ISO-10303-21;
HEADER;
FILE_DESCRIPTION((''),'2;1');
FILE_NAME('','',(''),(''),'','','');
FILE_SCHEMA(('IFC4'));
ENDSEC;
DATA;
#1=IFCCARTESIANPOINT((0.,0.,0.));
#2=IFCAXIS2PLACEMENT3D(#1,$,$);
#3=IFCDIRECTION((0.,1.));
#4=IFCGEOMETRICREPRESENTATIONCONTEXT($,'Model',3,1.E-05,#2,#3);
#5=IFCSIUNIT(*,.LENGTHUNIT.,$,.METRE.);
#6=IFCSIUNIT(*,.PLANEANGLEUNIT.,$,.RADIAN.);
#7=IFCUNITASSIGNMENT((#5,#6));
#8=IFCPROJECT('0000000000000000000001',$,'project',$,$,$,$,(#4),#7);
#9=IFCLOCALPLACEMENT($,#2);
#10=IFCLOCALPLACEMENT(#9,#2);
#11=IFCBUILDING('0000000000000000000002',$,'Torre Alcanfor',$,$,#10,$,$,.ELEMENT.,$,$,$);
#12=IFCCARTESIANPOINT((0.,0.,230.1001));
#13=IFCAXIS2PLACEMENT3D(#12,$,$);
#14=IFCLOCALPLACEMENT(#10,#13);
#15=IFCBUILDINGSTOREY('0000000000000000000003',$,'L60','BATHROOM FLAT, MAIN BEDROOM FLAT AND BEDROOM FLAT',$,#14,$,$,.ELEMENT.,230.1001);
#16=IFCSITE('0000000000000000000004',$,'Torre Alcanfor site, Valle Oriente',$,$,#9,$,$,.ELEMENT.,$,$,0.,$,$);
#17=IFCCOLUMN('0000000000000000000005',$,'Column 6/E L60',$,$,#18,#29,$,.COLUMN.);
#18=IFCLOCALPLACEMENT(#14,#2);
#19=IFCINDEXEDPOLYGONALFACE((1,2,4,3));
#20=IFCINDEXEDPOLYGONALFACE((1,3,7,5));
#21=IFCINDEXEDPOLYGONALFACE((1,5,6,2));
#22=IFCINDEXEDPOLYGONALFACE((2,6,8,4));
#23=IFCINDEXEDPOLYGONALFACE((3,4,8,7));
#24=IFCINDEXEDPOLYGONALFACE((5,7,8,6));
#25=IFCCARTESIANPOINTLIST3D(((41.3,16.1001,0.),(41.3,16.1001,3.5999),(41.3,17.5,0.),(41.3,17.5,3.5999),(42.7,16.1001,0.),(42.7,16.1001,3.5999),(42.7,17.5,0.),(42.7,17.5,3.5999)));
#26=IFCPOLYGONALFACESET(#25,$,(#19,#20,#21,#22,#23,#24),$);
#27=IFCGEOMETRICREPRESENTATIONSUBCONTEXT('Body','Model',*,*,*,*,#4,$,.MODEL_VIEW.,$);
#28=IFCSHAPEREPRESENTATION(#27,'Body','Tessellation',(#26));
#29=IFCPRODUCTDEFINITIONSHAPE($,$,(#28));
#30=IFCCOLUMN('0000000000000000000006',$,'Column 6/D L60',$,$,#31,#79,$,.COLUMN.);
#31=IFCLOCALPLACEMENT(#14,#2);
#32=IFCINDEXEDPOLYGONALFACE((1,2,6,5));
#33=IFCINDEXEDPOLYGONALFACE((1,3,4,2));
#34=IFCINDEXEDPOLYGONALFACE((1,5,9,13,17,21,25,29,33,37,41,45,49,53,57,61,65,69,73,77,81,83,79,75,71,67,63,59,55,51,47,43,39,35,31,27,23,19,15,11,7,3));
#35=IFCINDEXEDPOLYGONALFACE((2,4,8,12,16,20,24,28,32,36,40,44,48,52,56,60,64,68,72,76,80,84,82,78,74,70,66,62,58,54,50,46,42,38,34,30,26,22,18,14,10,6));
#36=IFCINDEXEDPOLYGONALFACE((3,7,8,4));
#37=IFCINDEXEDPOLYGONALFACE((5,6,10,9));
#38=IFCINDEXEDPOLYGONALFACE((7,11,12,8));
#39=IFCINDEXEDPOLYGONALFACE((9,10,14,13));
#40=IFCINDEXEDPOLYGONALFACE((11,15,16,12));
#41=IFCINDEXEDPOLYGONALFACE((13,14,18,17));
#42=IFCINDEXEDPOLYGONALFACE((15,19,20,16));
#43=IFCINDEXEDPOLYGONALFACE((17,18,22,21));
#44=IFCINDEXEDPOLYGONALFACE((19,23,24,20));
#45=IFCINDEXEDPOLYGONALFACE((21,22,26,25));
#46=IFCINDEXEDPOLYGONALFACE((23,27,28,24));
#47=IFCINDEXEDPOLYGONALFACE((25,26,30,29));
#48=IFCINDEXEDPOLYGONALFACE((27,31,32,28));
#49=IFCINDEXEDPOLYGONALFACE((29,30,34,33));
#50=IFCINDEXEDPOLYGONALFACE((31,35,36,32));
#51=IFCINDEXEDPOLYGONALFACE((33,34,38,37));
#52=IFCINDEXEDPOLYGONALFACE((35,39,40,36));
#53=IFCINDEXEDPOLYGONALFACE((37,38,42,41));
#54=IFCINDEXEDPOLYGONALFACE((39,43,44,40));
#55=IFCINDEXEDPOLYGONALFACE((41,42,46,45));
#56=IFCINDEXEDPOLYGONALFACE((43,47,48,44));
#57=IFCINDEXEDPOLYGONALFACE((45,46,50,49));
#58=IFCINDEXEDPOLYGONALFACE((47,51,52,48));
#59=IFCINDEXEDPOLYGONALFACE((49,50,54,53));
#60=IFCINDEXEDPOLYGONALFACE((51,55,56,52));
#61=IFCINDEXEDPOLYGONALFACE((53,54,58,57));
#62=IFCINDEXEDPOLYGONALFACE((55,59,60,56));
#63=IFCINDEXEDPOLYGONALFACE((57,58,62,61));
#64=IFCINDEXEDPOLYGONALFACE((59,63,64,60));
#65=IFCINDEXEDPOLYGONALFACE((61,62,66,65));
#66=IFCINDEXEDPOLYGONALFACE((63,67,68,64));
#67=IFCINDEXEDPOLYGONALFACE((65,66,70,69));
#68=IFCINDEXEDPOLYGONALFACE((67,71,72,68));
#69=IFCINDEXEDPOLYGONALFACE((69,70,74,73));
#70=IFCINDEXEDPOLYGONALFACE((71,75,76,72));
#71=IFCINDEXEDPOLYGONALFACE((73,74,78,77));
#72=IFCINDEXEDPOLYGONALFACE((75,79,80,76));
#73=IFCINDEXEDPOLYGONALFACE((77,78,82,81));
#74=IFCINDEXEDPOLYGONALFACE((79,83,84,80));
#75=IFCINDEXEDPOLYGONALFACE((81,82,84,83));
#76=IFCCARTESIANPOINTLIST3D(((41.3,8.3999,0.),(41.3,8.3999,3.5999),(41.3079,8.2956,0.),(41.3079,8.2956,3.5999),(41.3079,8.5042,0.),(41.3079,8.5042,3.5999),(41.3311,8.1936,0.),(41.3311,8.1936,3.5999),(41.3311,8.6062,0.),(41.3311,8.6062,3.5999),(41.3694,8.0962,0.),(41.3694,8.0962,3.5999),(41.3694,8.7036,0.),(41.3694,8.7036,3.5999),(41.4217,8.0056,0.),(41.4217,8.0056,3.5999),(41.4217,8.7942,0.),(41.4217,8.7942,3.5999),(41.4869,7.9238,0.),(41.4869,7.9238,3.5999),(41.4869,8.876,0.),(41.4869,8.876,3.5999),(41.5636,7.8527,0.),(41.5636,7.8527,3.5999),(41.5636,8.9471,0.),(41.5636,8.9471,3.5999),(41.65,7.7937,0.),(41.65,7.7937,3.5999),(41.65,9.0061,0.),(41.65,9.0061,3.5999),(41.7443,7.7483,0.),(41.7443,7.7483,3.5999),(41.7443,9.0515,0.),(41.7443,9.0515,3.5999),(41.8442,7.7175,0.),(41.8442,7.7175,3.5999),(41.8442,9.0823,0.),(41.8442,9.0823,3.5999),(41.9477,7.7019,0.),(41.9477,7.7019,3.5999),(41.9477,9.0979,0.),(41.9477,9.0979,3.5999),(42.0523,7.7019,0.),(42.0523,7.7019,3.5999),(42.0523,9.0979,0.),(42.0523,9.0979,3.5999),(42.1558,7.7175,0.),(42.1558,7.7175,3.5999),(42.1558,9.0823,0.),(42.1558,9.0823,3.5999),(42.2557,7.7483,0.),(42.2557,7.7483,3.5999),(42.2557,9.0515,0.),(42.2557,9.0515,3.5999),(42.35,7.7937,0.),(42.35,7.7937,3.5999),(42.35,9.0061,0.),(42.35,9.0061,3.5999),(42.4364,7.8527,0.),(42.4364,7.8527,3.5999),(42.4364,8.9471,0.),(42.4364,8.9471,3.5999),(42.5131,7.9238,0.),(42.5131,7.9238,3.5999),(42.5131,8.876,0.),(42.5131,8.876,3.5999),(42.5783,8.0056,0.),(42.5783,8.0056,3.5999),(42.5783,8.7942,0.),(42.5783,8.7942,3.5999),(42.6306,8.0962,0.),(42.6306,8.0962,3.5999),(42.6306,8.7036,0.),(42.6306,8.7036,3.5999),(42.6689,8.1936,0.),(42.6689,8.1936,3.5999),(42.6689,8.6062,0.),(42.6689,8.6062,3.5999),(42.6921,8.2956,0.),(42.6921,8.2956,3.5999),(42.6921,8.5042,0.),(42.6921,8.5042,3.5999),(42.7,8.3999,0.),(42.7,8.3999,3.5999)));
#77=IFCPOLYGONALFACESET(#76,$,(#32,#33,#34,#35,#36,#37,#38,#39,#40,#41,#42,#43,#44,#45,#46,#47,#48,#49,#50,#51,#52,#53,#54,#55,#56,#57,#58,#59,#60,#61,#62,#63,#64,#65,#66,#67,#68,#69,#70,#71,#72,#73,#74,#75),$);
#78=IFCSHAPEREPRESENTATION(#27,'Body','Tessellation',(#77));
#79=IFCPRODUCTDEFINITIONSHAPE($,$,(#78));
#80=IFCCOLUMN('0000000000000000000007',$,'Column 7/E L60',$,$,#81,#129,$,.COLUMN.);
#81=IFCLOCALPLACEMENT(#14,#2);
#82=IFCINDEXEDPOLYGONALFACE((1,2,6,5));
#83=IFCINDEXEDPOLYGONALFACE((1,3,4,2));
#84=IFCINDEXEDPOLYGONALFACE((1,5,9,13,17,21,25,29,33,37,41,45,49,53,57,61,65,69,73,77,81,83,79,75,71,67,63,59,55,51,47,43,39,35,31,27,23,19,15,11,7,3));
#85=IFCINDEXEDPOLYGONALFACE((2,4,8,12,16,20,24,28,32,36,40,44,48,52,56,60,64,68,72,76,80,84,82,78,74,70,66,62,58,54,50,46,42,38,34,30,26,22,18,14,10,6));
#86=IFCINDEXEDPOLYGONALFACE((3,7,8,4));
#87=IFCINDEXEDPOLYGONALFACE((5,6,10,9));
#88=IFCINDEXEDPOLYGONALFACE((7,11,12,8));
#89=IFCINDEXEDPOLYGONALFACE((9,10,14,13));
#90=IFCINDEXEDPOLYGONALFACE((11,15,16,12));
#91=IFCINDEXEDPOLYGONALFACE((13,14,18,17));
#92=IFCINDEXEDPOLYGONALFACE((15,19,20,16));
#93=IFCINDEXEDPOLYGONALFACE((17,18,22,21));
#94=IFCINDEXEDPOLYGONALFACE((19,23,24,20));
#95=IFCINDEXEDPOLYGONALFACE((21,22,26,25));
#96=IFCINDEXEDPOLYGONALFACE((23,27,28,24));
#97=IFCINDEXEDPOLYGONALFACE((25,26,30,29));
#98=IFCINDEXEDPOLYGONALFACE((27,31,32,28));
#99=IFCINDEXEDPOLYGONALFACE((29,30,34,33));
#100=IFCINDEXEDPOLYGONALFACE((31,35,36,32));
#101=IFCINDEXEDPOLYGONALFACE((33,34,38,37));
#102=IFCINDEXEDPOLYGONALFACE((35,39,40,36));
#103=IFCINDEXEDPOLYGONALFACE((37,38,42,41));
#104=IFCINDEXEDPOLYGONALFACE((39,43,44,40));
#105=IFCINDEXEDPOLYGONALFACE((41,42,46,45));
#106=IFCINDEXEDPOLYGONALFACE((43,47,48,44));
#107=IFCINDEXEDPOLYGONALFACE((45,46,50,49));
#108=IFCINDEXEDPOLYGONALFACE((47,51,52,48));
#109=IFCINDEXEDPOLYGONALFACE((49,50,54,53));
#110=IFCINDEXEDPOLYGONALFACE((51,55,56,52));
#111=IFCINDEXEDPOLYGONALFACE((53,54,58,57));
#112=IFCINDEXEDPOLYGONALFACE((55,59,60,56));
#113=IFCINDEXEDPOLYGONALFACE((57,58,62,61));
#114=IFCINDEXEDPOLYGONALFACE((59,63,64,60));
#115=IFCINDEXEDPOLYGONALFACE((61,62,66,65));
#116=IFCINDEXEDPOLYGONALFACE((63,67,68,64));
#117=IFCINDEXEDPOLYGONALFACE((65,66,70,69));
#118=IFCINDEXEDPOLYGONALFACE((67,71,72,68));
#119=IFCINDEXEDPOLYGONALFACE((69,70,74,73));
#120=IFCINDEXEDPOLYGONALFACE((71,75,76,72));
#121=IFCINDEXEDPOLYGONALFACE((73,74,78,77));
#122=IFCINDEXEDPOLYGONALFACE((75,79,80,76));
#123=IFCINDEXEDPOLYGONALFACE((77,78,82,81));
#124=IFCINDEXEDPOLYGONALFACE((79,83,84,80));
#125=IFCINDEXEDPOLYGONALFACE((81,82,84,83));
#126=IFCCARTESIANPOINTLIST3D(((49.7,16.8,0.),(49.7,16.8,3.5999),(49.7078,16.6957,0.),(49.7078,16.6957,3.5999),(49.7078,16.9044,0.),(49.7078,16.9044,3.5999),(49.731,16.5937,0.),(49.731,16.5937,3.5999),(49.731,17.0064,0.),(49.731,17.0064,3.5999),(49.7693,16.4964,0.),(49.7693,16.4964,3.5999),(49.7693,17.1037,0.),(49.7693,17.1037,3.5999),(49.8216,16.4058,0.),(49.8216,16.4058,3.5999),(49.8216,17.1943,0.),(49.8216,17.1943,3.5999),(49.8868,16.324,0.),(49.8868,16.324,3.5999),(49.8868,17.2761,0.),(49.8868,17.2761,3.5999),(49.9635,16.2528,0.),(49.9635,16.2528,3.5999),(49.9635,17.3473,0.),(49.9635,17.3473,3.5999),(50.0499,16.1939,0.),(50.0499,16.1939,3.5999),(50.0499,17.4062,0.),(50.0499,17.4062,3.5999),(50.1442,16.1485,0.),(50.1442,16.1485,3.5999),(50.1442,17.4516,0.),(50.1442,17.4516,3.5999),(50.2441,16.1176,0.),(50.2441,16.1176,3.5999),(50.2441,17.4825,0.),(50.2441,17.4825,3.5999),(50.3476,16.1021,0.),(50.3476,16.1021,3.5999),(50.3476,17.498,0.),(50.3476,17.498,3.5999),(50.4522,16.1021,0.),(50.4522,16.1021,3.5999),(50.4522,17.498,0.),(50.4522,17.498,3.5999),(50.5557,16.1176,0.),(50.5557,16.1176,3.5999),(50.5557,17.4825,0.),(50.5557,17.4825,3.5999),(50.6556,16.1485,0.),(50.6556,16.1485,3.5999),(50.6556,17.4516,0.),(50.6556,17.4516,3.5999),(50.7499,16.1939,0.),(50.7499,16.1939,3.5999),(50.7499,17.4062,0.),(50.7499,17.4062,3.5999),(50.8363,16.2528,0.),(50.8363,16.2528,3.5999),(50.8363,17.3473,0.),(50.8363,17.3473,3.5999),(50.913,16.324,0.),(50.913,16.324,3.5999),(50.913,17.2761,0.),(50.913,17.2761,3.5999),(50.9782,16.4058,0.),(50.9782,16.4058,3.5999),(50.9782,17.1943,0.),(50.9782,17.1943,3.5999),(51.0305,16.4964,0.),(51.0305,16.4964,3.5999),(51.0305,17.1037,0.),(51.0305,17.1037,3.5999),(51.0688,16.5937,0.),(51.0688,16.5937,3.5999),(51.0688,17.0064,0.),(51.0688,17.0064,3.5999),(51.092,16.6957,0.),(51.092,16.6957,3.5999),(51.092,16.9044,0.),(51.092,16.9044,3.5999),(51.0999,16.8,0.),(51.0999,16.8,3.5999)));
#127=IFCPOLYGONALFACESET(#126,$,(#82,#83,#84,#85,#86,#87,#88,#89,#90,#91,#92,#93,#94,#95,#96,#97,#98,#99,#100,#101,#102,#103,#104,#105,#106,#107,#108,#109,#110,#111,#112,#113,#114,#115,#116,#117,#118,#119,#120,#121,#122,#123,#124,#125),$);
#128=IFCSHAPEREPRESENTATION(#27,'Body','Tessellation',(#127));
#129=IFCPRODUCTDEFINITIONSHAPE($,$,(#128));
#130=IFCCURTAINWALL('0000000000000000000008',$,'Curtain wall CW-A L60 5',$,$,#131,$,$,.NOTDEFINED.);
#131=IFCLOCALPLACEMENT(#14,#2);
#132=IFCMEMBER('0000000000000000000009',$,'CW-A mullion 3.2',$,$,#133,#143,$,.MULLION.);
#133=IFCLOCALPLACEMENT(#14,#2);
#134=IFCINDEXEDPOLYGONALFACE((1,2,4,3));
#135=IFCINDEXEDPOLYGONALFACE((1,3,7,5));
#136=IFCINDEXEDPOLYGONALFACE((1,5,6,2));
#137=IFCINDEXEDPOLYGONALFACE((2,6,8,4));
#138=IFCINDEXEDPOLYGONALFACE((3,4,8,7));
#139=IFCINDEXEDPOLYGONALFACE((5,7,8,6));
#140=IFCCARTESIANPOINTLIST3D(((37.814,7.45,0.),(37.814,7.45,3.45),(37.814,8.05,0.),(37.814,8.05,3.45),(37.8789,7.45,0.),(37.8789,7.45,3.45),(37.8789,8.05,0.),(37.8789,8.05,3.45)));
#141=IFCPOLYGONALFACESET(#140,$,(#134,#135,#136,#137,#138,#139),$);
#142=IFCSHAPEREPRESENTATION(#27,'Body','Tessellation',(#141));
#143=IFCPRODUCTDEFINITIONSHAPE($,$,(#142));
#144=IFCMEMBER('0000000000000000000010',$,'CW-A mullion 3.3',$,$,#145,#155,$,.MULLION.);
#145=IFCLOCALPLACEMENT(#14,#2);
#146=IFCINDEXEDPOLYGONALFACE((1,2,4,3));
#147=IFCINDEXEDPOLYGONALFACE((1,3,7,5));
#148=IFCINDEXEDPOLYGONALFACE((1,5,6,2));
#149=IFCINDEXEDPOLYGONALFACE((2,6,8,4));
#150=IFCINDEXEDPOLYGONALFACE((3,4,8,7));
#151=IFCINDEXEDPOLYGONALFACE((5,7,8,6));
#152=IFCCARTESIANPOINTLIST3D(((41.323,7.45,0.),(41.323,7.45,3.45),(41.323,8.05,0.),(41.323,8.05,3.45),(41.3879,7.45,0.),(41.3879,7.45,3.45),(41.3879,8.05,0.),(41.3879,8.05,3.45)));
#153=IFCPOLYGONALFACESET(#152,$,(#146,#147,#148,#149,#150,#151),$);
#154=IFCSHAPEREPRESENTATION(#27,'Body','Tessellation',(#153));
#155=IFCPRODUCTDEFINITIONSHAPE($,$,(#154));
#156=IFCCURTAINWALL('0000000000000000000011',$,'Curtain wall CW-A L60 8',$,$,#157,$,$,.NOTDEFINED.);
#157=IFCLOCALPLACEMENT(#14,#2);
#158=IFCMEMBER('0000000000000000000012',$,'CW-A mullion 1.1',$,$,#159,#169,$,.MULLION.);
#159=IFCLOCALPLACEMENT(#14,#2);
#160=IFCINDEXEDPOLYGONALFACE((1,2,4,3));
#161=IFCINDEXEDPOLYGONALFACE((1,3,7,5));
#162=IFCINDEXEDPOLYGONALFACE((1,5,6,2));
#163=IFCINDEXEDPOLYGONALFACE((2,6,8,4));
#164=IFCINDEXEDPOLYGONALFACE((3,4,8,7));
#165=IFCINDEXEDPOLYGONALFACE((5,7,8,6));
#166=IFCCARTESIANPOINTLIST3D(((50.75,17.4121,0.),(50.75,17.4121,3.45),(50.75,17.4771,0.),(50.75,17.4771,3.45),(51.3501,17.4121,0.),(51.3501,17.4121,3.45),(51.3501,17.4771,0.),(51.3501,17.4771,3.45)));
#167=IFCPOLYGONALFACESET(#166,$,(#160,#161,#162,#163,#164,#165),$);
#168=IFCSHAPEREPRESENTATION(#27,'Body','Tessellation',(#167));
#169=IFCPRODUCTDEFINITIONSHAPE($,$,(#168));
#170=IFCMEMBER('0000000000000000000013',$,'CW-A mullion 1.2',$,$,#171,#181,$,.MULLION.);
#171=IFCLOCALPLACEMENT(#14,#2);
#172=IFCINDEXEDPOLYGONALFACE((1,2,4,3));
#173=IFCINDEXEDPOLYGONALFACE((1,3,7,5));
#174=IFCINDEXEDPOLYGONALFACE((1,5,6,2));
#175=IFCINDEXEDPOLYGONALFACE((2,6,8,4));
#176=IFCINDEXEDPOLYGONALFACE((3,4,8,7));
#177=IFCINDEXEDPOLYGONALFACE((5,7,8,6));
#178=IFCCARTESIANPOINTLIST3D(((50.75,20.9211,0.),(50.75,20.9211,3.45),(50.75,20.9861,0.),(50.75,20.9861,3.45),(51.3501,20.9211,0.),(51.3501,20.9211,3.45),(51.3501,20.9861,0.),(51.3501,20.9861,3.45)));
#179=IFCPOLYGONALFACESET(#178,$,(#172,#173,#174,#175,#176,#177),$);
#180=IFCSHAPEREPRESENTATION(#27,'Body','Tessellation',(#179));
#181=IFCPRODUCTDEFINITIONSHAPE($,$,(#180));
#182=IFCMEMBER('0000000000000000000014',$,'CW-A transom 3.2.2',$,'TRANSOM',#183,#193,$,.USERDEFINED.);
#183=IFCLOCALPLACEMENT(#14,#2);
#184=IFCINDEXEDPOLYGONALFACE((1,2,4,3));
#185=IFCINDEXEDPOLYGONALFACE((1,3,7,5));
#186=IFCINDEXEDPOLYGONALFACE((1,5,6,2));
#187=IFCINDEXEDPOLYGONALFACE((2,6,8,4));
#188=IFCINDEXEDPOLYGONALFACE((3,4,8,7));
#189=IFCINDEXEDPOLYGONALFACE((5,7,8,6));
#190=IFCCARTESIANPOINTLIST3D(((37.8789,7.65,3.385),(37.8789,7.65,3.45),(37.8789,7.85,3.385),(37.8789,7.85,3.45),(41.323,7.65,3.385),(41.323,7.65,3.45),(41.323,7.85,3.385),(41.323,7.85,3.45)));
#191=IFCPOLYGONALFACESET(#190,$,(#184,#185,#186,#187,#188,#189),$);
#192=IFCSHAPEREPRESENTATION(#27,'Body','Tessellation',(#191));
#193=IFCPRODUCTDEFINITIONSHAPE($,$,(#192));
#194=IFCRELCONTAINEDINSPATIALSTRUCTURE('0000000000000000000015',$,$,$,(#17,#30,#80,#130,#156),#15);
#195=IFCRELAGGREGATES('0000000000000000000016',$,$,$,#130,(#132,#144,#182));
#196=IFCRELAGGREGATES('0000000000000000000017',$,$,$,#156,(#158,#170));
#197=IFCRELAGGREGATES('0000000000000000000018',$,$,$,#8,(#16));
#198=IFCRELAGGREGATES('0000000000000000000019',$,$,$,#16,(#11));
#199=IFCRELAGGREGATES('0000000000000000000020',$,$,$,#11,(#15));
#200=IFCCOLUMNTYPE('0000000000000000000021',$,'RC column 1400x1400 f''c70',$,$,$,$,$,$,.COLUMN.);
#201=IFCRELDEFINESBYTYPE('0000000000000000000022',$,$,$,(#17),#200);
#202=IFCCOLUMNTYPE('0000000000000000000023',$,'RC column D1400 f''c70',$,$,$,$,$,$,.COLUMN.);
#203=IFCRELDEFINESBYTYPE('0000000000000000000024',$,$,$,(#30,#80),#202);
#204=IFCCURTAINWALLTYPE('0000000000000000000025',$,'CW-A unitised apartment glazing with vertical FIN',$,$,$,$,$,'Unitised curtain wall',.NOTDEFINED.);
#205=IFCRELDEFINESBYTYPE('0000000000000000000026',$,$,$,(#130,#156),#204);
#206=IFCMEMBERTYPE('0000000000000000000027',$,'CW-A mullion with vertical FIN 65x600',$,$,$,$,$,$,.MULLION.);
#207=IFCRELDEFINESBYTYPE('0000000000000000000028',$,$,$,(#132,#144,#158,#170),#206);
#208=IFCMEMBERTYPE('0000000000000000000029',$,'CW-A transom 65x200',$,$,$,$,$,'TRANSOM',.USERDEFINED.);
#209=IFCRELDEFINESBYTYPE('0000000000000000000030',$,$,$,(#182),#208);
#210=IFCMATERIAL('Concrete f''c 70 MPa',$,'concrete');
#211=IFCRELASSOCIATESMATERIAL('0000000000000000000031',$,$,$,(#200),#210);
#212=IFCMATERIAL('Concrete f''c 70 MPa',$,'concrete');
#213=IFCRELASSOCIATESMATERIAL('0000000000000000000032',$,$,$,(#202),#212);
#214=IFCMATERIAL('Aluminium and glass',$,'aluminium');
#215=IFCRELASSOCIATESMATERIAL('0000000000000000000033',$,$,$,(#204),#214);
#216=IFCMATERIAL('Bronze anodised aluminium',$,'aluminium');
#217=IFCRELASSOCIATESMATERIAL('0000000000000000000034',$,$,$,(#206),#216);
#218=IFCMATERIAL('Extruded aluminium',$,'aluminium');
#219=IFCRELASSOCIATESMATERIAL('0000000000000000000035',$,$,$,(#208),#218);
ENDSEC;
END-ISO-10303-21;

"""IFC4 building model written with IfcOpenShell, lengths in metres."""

from ifc_helpers import new_model, si_unit, direction, frame, origin, origin_2d, place, context, subcontext, project, spatial, rectangle, circle, extrude, material, material_profile, profile_set, type_object, element, aggregate, save


model = new_model("IFC4")

# Units and contexts
model_context = context("Model", 3, precision=1e-05, world=origin(), true_north=direction((0.0, 1.0)))
body_context = subcontext(model_context, "Body", "Model", "MODEL_VIEW")
ifc_project = project(units=[si_unit("LENGTHUNIT", "METRE"), si_unit("PLANEANGLEUNIT", "RADIAN")], contexts=[model_context])

# Site, building, storey
site_placement = place(None, origin())
site = spatial("IfcSite", under=ifc_project, at=site_placement, Name="Torre Alcanfor site, Valle Oriente", CompositionType="ELEMENT", RefElevation=0.0)
building_placement = place(site_placement, origin())
building = spatial("IfcBuilding", under=site, at=building_placement, Name="Torre Alcanfor", CompositionType="ELEMENT")
storey_placement = place(building_placement, frame((0.0, 0.0, 230.1001)))
storey = spatial("IfcBuildingStorey", under=building, at=storey_placement, Name="L60", Description="BATHROOM FLAT, MAIN BEDROOM FLAT AND BEDROOM FLAT", CompositionType="ELEMENT", Elevation=230.1001)

# Columns
ifc_material_1 = material(Name="Concrete f'c 70 MPa", Category="concrete")
ifc_material_profile_1 = material_profile(ifc_material_1, rectangle(XDim=1.3999, YDim=1.3999, at=origin_2d()), Name="1400x1400")
ifc_profile_set_1 = profile_set([ifc_material_profile_1], Name="Concrete f'c 70 MPa")
column_type_1 = type_object("IfcColumnType", Name="RC column 1400x1400 f'c70", PredefinedType="COLUMN", material=ifc_profile_set_1)
column_placement = place(storey_placement, frame((42.0, 16.8, 0.0), z_axis=(0.0, 0.0, 1.0), x_axis=(1.0, 0.0, 0.0)))
element("IfcColumn", 1, at=column_placement, inside=storey, type_object=column_type_1, Name="Column 6/E L60", PredefinedType="COLUMN", context=body_context, shape_type="SweptSolid", body=[
    extrude(rectangle(XDim=1.3999, YDim=1.3999, at=origin_2d()), origin(), (0.0, 0.0, 1.0), 3.5999),
])
ifc_material_2 = material(Name="Concrete f'c 70 MPa", Category="concrete")
ifc_material_profile_2 = material_profile(ifc_material_2, circle(Radius=0.7, at=origin_2d()), Name="D1400")
ifc_profile_set_2 = profile_set([ifc_material_profile_2], Name="Concrete f'c 70 MPa")
column_type_2 = type_object("IfcColumnType", Name="RC column D1400 f'c70", PredefinedType="COLUMN", material=ifc_profile_set_2)
for number, where, z_axis, x_axis, name in (
    (2, (42.0, 8.3999, 0.0), (0.0, 0.0, 1.0), (1.0, 0.0, 0.0), "Column 6/D L60"),
    (3, (50.3999, 16.8, 0.0), (0.0, 0.0, 1.0), (1.0, 0.0, 0.0), "Column 7/E L60"),
):
    element("IfcColumn", number, at=place(storey_placement, frame(where, z_axis=z_axis, x_axis=x_axis)), inside=storey, type_object=column_type_2, Name=name, PredefinedType="COLUMN", context=body_context, shape_type="SweptSolid", body=[
        extrude(circle(Radius=0.7, at=origin_2d()), origin(), (0.0, 0.0, 1.0), 3.5999),
    ])

# Curtain walls, members
ifc_material_3 = material(Name="Aluminium and glass", Category="aluminium")
curtain_wall_type = type_object("IfcCurtainWallType", Name="CW-A unitised apartment glazing with vertical FIN", ElementType="Unitised curtain wall", PredefinedType="NOTDEFINED", material=ifc_material_3)
curtain_wall_1_placement = place(storey_placement, origin())
curtain_wall_1 = element("IfcCurtainWall", 4, at=curtain_wall_1_placement, inside=storey, type_object=curtain_wall_type, Name="Curtain wall CW-A L60 5", PredefinedType="NOTDEFINED")
ifc_material_4 = material(Name="Bronze anodised aluminium", Category="aluminium")
ifc_material_profile_3 = material_profile(ifc_material_4, rectangle(XDim=0.6001, YDim=0.0649, at=origin_2d()), Name="CW-A mullion 65x600")
ifc_profile_set_3 = profile_set([ifc_material_profile_3], Name="Bronze anodised aluminium")
member_type_1 = type_object("IfcMemberType", Name="CW-A mullion with vertical FIN 65x600", PredefinedType="MULLION", material=ifc_profile_set_3)
member_1_placement = place(storey_placement, frame((37.8464, 7.75, 0.0), z_axis=(0.0, 0.0, 1.0), x_axis=(0.0, 1.0, 0.0)))
member_1 = element("IfcMember", 5, at=member_1_placement, type_object=member_type_1, Name="CW-A mullion 3.2", PredefinedType="MULLION", context=body_context, shape_type="SweptSolid", body=[
    extrude(rectangle(XDim=0.6001, YDim=0.0649, at=origin_2d()), origin(), (0.0, 0.0, 1.0), 3.45),
])
member_2_placement = place(storey_placement, frame((41.3555, 7.75, 0.0), z_axis=(0.0, 0.0, 1.0), x_axis=(0.0, 1.0, 0.0)))
member_2 = element("IfcMember", 6, at=member_2_placement, type_object=member_type_1, Name="CW-A mullion 3.3", PredefinedType="MULLION", context=body_context, shape_type="SweptSolid", body=[
    extrude(rectangle(XDim=0.6001, YDim=0.0649, at=origin_2d()), origin(), (0.0, 0.0, 1.0), 3.45),
])
curtain_wall_2_placement = place(storey_placement, origin())
curtain_wall_2 = element("IfcCurtainWall", 7, at=curtain_wall_2_placement, inside=storey, type_object=curtain_wall_type, Name="Curtain wall CW-A L60 8", PredefinedType="NOTDEFINED")
member_3_placement = place(storey_placement, frame((51.05, 17.4446, 0.0), z_axis=(0.0, 0.0, 1.0), x_axis=(-1.0, 0.0, 0.0)))
member_3 = element("IfcMember", 8, at=member_3_placement, type_object=member_type_1, Name="CW-A mullion 1.1", PredefinedType="MULLION", context=body_context, shape_type="SweptSolid", body=[
    extrude(rectangle(XDim=0.6001, YDim=0.0649, at=origin_2d()), origin(), (0.0, 0.0, 1.0), 3.45),
])
member_4_placement = place(storey_placement, frame((51.05, 20.9536, 0.0), z_axis=(0.0, 0.0, 1.0), x_axis=(-1.0, 0.0, 0.0)))
member_4 = element("IfcMember", 9, at=member_4_placement, type_object=member_type_1, Name="CW-A mullion 1.2", PredefinedType="MULLION", context=body_context, shape_type="SweptSolid", body=[
    extrude(rectangle(XDim=0.6001, YDim=0.0649, at=origin_2d()), origin(), (0.0, 0.0, 1.0), 3.45),
])

# Member
ifc_material_5 = material(Name="Extruded aluminium", Category="aluminium")
ifc_material_profile_4 = material_profile(ifc_material_5, rectangle(XDim=0.2, YDim=0.0649, at=origin_2d()), Name="CW-A transom 200x65")
ifc_profile_set_4 = profile_set([ifc_material_profile_4], Name="Extruded aluminium")
member_type_2 = type_object("IfcMemberType", Name="CW-A transom 65x200", ElementType="TRANSOM", PredefinedType="USERDEFINED", material=ifc_profile_set_4)
member_5_placement = place(storey_placement, frame((37.8789, 7.75, 3.4175), z_axis=(1.0, 0.0, 0.0), x_axis=(0.0, 1.0, 0.0)))
member_5 = element("IfcMember", 10, at=member_5_placement, type_object=member_type_2, Name="CW-A transom 3.2.2", ObjectType="TRANSOM", PredefinedType="USERDEFINED", context=body_context, shape_type="SweptSolid", body=[
    extrude(rectangle(XDim=0.2, YDim=0.0649, at=origin_2d()), origin(), (0.0, 0.0, 1.0), 3.4441),
])

aggregate(curtain_wall_1, [member_1, member_2, member_5])
aggregate(curtain_wall_2, [member_3, member_4])

save(model, "model.ifc")
